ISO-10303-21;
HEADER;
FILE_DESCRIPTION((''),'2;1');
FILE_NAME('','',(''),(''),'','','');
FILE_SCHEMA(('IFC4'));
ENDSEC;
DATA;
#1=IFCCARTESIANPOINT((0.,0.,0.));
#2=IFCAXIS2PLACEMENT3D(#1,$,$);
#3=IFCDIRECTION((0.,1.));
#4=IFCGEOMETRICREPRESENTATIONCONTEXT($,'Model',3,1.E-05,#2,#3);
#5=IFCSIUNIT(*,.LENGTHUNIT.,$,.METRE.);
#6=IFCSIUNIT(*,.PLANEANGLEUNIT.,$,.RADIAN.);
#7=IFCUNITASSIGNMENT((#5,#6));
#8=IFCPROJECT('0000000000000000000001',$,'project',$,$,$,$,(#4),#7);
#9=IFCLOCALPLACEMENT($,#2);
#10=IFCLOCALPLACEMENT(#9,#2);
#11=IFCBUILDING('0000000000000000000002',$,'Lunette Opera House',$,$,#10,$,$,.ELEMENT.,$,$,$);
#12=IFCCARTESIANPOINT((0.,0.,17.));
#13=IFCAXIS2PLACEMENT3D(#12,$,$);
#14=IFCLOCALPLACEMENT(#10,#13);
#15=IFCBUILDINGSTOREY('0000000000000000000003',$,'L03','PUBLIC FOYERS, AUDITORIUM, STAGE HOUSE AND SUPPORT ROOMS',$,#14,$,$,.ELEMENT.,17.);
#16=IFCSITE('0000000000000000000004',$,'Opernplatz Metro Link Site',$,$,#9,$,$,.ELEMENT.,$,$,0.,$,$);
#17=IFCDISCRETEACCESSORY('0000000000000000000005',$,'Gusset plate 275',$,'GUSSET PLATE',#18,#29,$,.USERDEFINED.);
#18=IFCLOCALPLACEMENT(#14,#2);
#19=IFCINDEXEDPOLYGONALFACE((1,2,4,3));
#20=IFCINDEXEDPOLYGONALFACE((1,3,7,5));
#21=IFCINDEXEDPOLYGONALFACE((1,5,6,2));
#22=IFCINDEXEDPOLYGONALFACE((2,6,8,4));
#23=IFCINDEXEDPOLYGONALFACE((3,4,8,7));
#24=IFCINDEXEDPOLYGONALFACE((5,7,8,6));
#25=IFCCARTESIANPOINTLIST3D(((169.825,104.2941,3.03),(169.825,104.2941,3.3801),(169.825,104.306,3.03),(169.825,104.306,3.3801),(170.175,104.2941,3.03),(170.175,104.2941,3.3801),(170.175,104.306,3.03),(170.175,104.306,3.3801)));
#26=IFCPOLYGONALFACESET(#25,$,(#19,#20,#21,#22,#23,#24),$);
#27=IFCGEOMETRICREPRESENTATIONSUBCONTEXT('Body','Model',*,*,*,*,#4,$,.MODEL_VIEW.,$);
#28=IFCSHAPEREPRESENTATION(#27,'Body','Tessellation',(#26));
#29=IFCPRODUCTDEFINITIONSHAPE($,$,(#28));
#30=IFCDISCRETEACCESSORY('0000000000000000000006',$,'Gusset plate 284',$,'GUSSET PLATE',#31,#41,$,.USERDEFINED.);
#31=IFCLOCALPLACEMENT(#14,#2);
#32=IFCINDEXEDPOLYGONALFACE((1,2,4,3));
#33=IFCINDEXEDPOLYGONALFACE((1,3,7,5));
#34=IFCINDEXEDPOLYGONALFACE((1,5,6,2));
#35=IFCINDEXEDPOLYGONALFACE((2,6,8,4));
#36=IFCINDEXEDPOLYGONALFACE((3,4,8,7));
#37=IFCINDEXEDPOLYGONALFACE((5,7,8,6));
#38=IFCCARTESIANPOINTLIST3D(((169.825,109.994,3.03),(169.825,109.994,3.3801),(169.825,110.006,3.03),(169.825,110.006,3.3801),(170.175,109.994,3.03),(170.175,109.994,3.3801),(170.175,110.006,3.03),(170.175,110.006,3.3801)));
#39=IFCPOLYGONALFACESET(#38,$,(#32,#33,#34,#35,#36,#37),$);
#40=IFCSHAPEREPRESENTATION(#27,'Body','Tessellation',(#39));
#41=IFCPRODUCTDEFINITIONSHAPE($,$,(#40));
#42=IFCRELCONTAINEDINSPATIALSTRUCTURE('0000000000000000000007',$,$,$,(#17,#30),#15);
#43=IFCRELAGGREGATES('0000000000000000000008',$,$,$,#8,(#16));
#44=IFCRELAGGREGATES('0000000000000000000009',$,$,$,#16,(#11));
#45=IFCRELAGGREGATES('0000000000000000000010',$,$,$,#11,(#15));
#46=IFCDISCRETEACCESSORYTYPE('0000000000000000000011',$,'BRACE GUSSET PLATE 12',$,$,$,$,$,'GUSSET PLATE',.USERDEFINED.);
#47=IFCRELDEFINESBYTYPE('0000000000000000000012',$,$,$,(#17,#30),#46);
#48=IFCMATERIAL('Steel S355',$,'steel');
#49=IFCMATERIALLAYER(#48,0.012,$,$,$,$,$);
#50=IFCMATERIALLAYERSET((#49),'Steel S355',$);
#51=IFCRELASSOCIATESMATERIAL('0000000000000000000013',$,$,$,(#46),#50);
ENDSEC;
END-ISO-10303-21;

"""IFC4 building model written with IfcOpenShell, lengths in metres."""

from ifc_helpers import new_model, si_unit, direction, frame, origin, origin_2d, place, context, subcontext, project, spatial, rectangle, extrude, material, layer, layer_set, type_object, element, save


model = new_model("IFC4")

# Units and contexts
model_context = context("Model", 3, precision=1e-05, world=origin(), true_north=direction((0.0, 1.0)))
body_context = subcontext(model_context, "Body", "Model", "MODEL_VIEW")
ifc_project = project(units=[si_unit("LENGTHUNIT", "METRE"), si_unit("PLANEANGLEUNIT", "RADIAN")], contexts=[model_context])

# Site, building, storey
site_placement = place(None, origin())
site = spatial("IfcSite", under=ifc_project, at=site_placement, Name="Opernplatz Metro Link Site", CompositionType="ELEMENT", RefElevation=0.0)
building_placement = place(site_placement, origin())
building = spatial("IfcBuilding", under=site, at=building_placement, Name="Lunette Opera House", CompositionType="ELEMENT")
storey_placement = place(building_placement, frame((0.0, 0.0, 17.0)))
storey = spatial("IfcBuildingStorey", under=building, at=storey_placement, Name="L03", Description="PUBLIC FOYERS, AUDITORIUM, STAGE HOUSE AND SUPPORT ROOMS", CompositionType="ELEMENT", Elevation=17.0)

# Discrete accessories
ifc_material_1 = material(Name="Steel S355", Category="steel")
ifc_layer_1 = layer(ifc_material_1, 0.012)
ifc_layer_set_1 = layer_set([ifc_layer_1], Name="Steel S355")
discrete_accessory_type = type_object("IfcDiscreteAccessoryType", Name="BRACE GUSSET PLATE 12", ElementType="GUSSET PLATE", PredefinedType="USERDEFINED", material=ifc_layer_set_1)
for number, where, z_axis, x_axis, name in (
    (1, (170.0, 104.3, 3.03), (0.0, 0.0, 1.0), (1.0, 0.0, 0.0), "Gusset plate 275"),
    (2, (170.0, 110.0, 3.03), (0.0, 0.0, 1.0), (1.0, 0.0, 0.0), "Gusset plate 284"),
):
    element("IfcDiscreteAccessory", number, at=place(storey_placement, frame(where, z_axis=z_axis, x_axis=x_axis)), inside=storey, type_object=discrete_accessory_type, Name=name, ObjectType="GUSSET PLATE", PredefinedType="USERDEFINED", context=body_context, shape_type="SweptSolid", body=[
        extrude(rectangle(XDim=0.3501, YDim=0.012, at=origin_2d()), origin(), (0.0, 0.0, 1.0), 0.3501),
    ])

save(model, "model.ifc")
